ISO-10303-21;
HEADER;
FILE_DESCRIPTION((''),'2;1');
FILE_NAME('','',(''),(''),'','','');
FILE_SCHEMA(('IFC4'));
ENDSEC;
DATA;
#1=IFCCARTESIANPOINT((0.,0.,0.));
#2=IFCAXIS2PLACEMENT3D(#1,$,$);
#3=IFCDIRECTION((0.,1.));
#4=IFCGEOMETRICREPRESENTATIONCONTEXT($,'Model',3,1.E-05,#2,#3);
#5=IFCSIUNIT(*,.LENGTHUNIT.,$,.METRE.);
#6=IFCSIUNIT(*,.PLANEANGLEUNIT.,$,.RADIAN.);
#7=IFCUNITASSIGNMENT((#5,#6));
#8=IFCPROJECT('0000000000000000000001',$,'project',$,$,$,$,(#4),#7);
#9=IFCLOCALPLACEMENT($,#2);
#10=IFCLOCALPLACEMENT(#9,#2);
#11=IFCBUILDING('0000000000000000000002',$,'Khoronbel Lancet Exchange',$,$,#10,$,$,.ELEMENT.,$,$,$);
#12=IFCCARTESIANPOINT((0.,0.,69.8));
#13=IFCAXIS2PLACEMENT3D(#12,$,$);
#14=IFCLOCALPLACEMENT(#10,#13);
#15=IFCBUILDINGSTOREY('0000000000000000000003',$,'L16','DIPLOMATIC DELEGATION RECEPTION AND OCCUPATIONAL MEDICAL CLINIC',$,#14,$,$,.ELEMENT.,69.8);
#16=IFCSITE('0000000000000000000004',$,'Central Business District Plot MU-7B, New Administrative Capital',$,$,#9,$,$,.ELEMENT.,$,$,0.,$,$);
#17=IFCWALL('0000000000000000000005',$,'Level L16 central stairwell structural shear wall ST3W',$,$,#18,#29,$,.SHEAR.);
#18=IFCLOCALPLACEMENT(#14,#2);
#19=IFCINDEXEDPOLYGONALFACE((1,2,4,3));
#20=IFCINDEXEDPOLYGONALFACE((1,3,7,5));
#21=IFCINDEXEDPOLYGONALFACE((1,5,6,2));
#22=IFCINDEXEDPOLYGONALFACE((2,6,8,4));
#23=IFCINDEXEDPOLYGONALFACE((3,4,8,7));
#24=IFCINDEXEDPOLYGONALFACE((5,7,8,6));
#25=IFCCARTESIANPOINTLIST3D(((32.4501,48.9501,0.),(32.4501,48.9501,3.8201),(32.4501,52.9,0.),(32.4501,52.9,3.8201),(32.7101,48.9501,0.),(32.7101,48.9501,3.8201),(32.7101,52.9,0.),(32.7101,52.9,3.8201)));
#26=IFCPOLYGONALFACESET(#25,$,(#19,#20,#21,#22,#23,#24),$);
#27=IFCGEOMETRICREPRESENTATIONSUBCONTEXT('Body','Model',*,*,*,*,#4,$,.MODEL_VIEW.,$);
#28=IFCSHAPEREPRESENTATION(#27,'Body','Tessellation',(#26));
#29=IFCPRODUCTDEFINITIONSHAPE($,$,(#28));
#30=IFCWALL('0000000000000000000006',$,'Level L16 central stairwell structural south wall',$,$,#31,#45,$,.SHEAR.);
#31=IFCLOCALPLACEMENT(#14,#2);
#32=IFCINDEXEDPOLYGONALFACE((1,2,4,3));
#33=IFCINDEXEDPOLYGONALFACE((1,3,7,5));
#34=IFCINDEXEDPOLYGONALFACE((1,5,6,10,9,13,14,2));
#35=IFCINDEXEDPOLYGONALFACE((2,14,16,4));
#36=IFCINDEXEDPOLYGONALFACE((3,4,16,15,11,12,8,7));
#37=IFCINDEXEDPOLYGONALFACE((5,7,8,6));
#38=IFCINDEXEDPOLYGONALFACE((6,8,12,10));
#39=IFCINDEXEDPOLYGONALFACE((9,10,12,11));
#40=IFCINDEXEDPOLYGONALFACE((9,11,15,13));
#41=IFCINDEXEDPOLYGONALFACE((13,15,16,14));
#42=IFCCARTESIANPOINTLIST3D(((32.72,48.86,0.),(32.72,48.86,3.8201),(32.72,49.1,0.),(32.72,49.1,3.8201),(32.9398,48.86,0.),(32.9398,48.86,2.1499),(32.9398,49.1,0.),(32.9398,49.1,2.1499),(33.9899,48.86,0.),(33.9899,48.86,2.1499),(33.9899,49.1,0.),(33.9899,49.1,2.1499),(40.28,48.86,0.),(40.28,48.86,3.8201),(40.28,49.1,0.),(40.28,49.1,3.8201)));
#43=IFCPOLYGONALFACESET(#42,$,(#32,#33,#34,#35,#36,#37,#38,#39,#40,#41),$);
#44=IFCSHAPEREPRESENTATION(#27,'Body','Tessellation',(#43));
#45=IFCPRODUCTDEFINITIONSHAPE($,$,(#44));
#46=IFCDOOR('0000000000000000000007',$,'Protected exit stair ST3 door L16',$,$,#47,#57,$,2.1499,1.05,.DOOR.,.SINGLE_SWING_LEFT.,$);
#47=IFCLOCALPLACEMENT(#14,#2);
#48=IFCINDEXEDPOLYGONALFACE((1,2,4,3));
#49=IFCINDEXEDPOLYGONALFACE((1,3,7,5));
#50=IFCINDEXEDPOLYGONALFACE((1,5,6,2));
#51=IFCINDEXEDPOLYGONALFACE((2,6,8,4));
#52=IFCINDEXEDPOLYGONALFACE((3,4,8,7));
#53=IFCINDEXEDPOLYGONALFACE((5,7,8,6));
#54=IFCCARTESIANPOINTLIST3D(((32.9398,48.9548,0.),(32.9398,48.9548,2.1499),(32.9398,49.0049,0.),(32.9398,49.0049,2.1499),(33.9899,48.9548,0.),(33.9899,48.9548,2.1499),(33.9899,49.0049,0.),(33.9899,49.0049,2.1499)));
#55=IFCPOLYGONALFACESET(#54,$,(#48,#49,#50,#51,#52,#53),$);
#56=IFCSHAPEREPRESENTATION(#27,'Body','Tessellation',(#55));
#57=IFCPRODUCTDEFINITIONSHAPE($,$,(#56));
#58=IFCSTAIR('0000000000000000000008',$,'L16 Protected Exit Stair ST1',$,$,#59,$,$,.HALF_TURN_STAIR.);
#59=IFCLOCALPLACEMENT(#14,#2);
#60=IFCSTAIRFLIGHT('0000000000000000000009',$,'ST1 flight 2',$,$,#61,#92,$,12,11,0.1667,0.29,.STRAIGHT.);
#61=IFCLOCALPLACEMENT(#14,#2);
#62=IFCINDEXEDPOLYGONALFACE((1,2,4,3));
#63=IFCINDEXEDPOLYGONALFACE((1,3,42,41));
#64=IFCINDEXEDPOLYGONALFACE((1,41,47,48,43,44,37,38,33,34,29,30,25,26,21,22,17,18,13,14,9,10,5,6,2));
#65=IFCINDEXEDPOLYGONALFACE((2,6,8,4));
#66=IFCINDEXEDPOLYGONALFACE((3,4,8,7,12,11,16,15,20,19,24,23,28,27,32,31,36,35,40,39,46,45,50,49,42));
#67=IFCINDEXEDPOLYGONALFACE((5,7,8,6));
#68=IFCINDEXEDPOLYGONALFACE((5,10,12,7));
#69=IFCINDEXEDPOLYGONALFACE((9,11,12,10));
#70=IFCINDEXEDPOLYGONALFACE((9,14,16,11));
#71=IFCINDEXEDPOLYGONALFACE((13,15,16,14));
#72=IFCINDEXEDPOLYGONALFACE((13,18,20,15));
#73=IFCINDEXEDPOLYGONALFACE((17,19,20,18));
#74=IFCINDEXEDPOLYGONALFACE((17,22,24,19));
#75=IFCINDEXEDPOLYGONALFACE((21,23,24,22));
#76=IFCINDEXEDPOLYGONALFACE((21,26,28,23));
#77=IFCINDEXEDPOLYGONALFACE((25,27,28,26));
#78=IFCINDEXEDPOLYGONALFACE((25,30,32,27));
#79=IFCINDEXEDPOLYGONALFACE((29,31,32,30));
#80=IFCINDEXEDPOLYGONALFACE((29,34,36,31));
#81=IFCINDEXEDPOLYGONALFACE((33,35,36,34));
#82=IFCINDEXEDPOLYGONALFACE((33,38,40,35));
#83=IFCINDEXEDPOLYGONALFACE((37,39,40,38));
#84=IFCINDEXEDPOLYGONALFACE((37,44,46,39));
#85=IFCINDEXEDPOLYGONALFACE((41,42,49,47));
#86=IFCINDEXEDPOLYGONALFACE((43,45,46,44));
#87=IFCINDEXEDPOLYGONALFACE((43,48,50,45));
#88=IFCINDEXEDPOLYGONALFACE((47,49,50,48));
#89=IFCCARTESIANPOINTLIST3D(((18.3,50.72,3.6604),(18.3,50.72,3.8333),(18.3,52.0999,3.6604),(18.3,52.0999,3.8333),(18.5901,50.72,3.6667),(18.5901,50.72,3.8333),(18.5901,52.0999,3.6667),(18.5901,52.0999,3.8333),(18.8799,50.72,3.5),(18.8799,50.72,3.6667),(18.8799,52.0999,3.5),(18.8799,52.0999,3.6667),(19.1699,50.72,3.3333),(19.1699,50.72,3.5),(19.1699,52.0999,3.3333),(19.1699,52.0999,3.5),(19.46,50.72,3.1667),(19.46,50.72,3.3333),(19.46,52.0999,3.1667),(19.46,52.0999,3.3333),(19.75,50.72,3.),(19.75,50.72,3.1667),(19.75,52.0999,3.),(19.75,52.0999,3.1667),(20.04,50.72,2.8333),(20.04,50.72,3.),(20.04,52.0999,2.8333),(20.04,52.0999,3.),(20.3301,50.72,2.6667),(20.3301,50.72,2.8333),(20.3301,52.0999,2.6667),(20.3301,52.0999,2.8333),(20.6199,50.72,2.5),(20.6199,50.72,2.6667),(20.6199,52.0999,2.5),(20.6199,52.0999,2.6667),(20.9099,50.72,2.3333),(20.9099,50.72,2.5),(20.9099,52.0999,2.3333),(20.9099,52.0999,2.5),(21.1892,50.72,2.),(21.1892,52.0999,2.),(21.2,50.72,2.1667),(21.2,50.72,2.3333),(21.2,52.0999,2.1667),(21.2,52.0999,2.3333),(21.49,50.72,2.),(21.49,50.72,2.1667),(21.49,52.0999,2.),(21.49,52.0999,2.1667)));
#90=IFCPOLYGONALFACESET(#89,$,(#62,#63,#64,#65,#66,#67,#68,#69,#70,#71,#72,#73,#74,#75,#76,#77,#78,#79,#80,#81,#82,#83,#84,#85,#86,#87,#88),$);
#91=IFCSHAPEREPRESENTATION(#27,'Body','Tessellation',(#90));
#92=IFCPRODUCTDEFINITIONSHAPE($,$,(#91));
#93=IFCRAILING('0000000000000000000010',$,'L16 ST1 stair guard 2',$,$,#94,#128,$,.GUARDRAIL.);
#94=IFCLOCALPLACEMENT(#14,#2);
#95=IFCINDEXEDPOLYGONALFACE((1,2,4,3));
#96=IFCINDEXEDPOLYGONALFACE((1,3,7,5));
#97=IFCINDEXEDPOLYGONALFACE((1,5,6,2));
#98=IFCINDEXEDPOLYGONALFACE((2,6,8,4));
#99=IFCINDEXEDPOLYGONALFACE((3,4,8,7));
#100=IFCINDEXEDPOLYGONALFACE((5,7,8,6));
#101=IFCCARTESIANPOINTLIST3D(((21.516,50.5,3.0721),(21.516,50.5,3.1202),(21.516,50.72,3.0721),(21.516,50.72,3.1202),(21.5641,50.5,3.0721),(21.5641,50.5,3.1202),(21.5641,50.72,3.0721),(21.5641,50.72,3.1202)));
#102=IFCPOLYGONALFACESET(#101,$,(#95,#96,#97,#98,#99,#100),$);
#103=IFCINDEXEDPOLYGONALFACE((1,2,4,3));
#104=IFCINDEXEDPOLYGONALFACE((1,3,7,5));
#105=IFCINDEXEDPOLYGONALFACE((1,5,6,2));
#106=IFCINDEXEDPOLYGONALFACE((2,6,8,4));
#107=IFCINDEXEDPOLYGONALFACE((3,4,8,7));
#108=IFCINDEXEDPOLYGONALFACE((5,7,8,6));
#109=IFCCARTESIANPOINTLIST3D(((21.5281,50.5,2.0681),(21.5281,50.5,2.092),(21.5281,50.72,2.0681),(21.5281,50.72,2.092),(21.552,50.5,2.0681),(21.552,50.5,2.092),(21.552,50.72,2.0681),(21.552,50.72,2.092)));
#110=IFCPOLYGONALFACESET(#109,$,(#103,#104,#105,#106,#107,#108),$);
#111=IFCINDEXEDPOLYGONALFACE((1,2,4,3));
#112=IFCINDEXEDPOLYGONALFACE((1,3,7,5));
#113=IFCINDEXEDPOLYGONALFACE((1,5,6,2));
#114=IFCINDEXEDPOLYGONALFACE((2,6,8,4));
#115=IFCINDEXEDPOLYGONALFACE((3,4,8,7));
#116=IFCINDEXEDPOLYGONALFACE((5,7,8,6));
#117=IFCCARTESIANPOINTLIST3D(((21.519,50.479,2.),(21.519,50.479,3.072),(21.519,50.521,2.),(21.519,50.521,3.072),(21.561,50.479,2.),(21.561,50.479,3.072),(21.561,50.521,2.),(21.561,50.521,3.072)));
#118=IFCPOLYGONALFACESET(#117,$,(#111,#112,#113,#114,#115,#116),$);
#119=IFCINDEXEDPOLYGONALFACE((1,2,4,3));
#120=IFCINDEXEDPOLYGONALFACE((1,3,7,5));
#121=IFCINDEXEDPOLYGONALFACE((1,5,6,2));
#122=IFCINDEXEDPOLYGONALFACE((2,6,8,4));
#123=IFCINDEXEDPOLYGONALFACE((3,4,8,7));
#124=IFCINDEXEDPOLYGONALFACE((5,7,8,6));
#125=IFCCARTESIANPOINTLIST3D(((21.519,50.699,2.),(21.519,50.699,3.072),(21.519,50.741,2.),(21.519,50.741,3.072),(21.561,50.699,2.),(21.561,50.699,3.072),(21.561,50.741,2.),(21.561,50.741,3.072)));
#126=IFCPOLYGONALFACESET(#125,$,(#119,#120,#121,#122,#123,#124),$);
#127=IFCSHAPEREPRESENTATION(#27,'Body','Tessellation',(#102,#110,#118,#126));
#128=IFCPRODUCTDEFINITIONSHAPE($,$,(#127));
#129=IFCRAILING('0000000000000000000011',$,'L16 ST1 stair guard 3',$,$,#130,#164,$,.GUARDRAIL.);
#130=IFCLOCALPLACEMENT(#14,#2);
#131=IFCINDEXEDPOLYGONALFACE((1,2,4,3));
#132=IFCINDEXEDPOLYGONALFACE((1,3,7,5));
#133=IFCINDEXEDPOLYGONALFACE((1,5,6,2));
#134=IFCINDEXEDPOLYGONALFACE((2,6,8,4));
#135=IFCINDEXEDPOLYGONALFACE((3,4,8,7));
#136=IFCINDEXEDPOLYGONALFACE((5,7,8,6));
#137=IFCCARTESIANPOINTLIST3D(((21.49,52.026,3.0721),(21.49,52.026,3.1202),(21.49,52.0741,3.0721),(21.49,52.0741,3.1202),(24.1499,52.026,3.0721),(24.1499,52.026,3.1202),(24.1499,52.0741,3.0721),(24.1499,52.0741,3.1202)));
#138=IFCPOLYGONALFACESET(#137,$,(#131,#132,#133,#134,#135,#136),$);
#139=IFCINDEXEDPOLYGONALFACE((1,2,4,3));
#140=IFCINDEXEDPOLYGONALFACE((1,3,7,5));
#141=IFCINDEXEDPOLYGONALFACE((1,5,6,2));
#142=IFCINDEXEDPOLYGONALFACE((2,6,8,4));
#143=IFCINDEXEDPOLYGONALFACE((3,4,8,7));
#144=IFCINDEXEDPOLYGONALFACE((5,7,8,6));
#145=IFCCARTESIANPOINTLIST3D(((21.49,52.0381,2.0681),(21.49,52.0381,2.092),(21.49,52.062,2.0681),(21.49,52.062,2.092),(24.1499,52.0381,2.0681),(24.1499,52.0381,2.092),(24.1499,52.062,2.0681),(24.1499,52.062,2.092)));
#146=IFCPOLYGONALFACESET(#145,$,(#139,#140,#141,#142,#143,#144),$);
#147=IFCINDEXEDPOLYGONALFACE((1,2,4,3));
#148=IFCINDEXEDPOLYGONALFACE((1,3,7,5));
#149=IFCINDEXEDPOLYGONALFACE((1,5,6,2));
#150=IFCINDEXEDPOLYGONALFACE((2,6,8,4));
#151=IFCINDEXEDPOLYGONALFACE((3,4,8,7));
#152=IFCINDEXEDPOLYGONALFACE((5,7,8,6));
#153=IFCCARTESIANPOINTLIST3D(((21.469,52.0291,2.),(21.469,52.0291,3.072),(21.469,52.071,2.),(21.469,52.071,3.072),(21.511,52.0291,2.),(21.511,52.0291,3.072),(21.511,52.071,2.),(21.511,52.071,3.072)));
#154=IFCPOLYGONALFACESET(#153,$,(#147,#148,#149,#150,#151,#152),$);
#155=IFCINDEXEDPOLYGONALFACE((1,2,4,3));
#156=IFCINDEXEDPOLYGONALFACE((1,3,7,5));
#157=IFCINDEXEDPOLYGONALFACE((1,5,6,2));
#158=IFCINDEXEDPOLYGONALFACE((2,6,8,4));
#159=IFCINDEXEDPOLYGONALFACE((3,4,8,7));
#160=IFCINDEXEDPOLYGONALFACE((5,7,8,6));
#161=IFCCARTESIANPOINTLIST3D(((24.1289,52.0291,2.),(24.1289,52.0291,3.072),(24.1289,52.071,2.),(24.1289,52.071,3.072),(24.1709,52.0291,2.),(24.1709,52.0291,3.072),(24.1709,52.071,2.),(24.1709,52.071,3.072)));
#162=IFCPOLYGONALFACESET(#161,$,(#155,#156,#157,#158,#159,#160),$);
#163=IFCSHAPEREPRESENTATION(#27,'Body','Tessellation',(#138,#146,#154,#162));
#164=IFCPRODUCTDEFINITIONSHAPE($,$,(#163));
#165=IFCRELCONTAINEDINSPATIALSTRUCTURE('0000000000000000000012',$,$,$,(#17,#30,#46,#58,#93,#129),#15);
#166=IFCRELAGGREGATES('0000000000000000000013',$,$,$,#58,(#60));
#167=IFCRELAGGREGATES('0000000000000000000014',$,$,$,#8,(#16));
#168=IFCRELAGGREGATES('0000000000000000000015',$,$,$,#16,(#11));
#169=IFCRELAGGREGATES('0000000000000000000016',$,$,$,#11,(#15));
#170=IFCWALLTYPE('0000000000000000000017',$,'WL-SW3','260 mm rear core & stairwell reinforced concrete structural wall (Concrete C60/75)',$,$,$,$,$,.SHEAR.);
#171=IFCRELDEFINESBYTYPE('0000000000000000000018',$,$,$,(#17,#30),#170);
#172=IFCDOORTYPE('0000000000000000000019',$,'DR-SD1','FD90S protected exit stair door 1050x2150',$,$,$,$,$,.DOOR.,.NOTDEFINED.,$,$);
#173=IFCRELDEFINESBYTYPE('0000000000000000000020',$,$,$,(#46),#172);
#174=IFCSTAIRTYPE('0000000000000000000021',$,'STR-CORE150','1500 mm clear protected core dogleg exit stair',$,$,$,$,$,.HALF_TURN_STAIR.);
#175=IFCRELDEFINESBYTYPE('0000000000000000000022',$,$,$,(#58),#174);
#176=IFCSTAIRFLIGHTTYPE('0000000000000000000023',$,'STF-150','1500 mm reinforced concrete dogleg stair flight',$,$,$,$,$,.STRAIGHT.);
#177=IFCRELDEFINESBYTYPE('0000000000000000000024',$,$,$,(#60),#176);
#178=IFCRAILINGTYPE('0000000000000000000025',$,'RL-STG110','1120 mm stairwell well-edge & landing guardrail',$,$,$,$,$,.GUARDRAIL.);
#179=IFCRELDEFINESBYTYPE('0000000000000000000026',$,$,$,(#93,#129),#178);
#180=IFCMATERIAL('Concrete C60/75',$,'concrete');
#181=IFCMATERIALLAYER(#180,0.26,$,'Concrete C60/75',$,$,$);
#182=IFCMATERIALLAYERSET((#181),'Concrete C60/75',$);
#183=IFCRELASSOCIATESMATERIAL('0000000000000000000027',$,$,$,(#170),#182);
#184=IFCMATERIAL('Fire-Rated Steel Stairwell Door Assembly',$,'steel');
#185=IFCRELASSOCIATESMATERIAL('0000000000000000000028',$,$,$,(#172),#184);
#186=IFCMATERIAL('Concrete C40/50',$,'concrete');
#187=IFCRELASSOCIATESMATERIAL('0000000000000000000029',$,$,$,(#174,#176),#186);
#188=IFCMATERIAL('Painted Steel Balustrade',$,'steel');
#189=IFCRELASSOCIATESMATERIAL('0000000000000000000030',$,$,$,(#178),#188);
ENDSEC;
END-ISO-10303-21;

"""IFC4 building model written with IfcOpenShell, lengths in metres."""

from ifc_helpers import new_model, si_unit, direction, frame, frame_2d, origin, origin_2d, place, context, subcontext, project, spatial, polyline, rectangle, outline, extrude, material, layer, layer_set, type_object, element, fill, aggregate, save


model = new_model("IFC4")

# Units and contexts
model_context = context("Model", 3, precision=1e-05, world=origin(), true_north=direction((0.0, 1.0)))
body_context = subcontext(model_context, "Body", "Model", "MODEL_VIEW")
ifc_project = project(units=[si_unit("LENGTHUNIT", "METRE"), si_unit("PLANEANGLEUNIT", "RADIAN")], contexts=[model_context])

# Site, building, storey
site_placement = place(None, origin())
site = spatial("IfcSite", under=ifc_project, at=site_placement, Name="Central Business District Plot MU-7B, New Administrative Capital", CompositionType="ELEMENT", RefElevation=0.0)
building_placement = place(site_placement, origin())
building = spatial("IfcBuilding", under=site, at=building_placement, Name="Khoronbel Lancet Exchange", CompositionType="ELEMENT")
storey_placement = place(building_placement, frame((0.0, 0.0, 69.8)))
storey = spatial("IfcBuildingStorey", under=building, at=storey_placement, Name="L16", Description="DIPLOMATIC DELEGATION RECEPTION AND OCCUPATIONAL MEDICAL CLINIC", CompositionType="ELEMENT", Elevation=69.8)

# Wall
ifc_material_1 = material(Name="Concrete C60/75", Category="concrete")
ifc_layer_1 = layer(ifc_material_1, 0.26, Name="Concrete C60/75")
ifc_layer_set_1 = layer_set([ifc_layer_1], Name="Concrete C60/75")
wall_type_1 = type_object("IfcWallType", Name="WL-SW3", Description="260 mm rear core & stairwell reinforced concrete structural wall (Concrete C60/75)", PredefinedType="SHEAR", material=ifc_layer_set_1)
wall_1_placement = place(storey_placement, frame((32.5801, 48.95, 0.0), z_axis=(0.0, 0.0, 1.0), x_axis=(0.0, 1.0, 0.0)))
element("IfcWall", 1, at=wall_1_placement, inside=storey, type_object=wall_type_1, Name="Level L16 central stairwell structural shear wall ST3W", PredefinedType="SHEAR", context=body_context, shape_type="SweptSolid", body=[
    extrude(rectangle(XDim=3.95, YDim=0.26, at=frame_2d((1.9751, 0.0))), origin(), (0.0, 0.0, 1.0), 3.8201),
])

# Wall, opening, door
wall_2_placement = place(storey_placement, frame((32.72, 48.98, 0.0), z_axis=(0.0, 0.0, 1.0), x_axis=(1.0, 0.0, 0.0)))
wall_2 = element("IfcWall", 2, at=wall_2_placement, inside=storey, type_object=wall_type_1, Name="Level L16 central stairwell structural south wall", PredefinedType="SHEAR", context=body_context, shape_type="SweptSolid", body=[
    extrude(rectangle(XDim=7.5601, YDim=0.24, at=frame_2d((3.78, 0.0))), origin(), (0.0, 0.0, 1.0), 3.8201),
])
opening_1_placement = place(wall_2_placement, frame((0.22, 0.0, 0.0)))
opening_1 = element("IfcOpeningElement", 3, at=opening_1_placement, cuts=wall_2, PredefinedType="OPENING", context=body_context, shape_type="SweptSolid", body=[
    extrude(rectangle(XDim=1.05, YDim=2.1499, at=frame_2d((0.5249, 1.075))), frame((0.0, 0.1299, 0.0), z_axis=(0.0, -1.0, 0.0), x_axis=(1.0, 0.0, 0.0)), (0.0, 0.0, 1.0), 0.26),
])
ifc_material_2 = material(Name="Fire-Rated Steel Stairwell Door Assembly", Category="steel")
door_type_1 = type_object("IfcDoorType", Name="DR-SD1", Description="FD90S protected exit stair door 1050x2150", OperationType="NOTDEFINED", PredefinedType="DOOR", material=ifc_material_2)
door_1_placement = place(opening_1_placement, origin())
door_1 = element("IfcDoor", 4, at=door_1_placement, inside=storey, type_object=door_type_1, Name="Protected exit stair ST3 door L16", OperationType="SINGLE_SWING_LEFT", OverallHeight=2.1499, OverallWidth=1.05, PredefinedType="DOOR", context=body_context, shape_type="SweptSolid", body=[
    extrude(rectangle(XDim=1.05, YDim=2.1499, at=frame_2d((0.5249, 1.075))), frame((0.0, 0.0249, 0.0), z_axis=(0.0, -1.0, 0.0), x_axis=(1.0, 0.0, 0.0)), (0.0, 0.0, 1.0), 0.05),
])
fill(opening_1, door_1)

# Stair, stair flight
ifc_material_3 = material(Name="Concrete C40/50", Category="concrete")
stair_type = type_object("IfcStairType", Name="STR-CORE150", Description="1500 mm clear protected core dogleg exit stair", PredefinedType="HALF_TURN_STAIR", material=ifc_material_3)
stair_placement = place(storey_placement, origin())
stair = element("IfcStair", 5, at=stair_placement, inside=storey, type_object=stair_type, Name="L16 Protected Exit Stair ST1", PredefinedType="HALF_TURN_STAIR")
stair_flight_type = type_object("IfcStairFlightType", Name="STF-150", Description="1500 mm reinforced concrete dogleg stair flight", PredefinedType="STRAIGHT", material=ifc_material_3)
stair_flight_placement = place(storey_placement, frame((21.49, 51.4099, 2.0), z_axis=(0.0, 0.0, 1.0), x_axis=(-1.0, 0.0, 0.0)))
stair_flight = element("IfcStairFlight", 6, at=stair_flight_placement, type_object=stair_flight_type, Name="ST1 flight 2", NumberOfRisers=12, NumberOfTreads=11, PredefinedType="STRAIGHT", RiserHeight=0.1667, TreadLength=0.29, context=body_context, shape_type="SweptSolid", body=[
    extrude(outline(polyline([(0.0, 0.0), (0.0, 0.1667), (0.29, 0.1667), (0.29, 0.3333), (0.5801, 0.3333), (0.5801, 0.5), (0.8701, 0.5), (0.8701, 0.6667), (1.1599, 0.6667), (1.1599, 0.8333), (1.45, 0.8333), (1.45, 1.0), (1.74, 1.0), (1.74, 1.1667), (2.03, 1.1667), (2.03, 1.3333), (2.3201, 1.3333), (2.3201, 1.5), (2.6101, 1.5), (2.6101, 1.6667), (2.8999, 1.6667), (2.8999, 1.8333), (3.1899, 1.8333), (3.1899, 2.0), (3.1899, 1.6604), (0.3008, 0.0), (0.0, 0.0)])), frame((0.0, 0.6899, 0.0), z_axis=(0.0, -1.0, 0.0), x_axis=(1.0, 0.0, 0.0)), (0.0, 0.0, 1.0), 1.3799),
])
aggregate(stair, [stair_flight])

# Railings
ifc_material_4 = material(Name="Painted Steel Balustrade", Category="steel")
railing_type_1 = type_object("IfcRailingType", Name="RL-STG110", Description="1120 mm stairwell well-edge & landing guardrail", PredefinedType="GUARDRAIL", material=ifc_material_4)
railing_1_placement = place(storey_placement, frame((21.54, 50.5, 2.0)))
element("IfcRailing", 7, at=railing_1_placement, inside=storey, type_object=railing_type_1, Name="L16 ST1 stair guard 2", PredefinedType="GUARDRAIL", context=body_context, shape_type="SweptSolid", body=[
    extrude(rectangle(XDim=0.0481, YDim=0.0481, at=origin_2d()), frame((0.0, 0.0, 1.0962), z_axis=(0.0, 1.0, 0.0), x_axis=(-1.0, 0.0, 0.0)), (0.0, 0.0, 1.0), 0.22),
    extrude(rectangle(XDim=0.0239, YDim=0.0239, at=origin_2d()), frame((0.0, 0.0, 0.0801), z_axis=(0.0, 1.0, 0.0), x_axis=(-1.0, 0.0, 0.0)), (0.0, 0.0, 1.0), 0.22),
    extrude(rectangle(XDim=0.042, YDim=0.042, at=origin_2d()), origin(), (0.0, 0.0, 1.0), 1.072),
    extrude(rectangle(XDim=0.042, YDim=0.042, at=origin_2d()), frame((0.0, 0.22, 0.0)), (0.0, 0.0, 1.0), 1.072),
])
railing_2_placement = place(storey_placement, frame((21.49, 52.05, 2.0)))
element("IfcRailing", 8, at=railing_2_placement, inside=storey, type_object=railing_type_1, Name="L16 ST1 stair guard 3", PredefinedType="GUARDRAIL", context=body_context, shape_type="SweptSolid", body=[
    extrude(rectangle(XDim=0.0481, YDim=0.0481, at=origin_2d()), frame((0.0, 0.0, 1.0962), z_axis=(1.0, 0.0, 0.0), x_axis=(0.0, 1.0, 0.0)), (0.0, 0.0, 1.0), 2.6599),
    extrude(rectangle(XDim=0.0239, YDim=0.0239, at=origin_2d()), frame((0.0, 0.0, 0.0801), z_axis=(1.0, 0.0, 0.0), x_axis=(0.0, 1.0, 0.0)), (0.0, 0.0, 1.0), 2.6599),
    extrude(rectangle(XDim=0.042, YDim=0.042, at=origin_2d()), origin(), (0.0, 0.0, 1.0), 1.072),
    extrude(rectangle(XDim=0.042, YDim=0.042, at=origin_2d()), frame((2.6599, 0.0, 0.0)), (0.0, 0.0, 1.0), 1.072),
])

save(model, "model.ifc")
